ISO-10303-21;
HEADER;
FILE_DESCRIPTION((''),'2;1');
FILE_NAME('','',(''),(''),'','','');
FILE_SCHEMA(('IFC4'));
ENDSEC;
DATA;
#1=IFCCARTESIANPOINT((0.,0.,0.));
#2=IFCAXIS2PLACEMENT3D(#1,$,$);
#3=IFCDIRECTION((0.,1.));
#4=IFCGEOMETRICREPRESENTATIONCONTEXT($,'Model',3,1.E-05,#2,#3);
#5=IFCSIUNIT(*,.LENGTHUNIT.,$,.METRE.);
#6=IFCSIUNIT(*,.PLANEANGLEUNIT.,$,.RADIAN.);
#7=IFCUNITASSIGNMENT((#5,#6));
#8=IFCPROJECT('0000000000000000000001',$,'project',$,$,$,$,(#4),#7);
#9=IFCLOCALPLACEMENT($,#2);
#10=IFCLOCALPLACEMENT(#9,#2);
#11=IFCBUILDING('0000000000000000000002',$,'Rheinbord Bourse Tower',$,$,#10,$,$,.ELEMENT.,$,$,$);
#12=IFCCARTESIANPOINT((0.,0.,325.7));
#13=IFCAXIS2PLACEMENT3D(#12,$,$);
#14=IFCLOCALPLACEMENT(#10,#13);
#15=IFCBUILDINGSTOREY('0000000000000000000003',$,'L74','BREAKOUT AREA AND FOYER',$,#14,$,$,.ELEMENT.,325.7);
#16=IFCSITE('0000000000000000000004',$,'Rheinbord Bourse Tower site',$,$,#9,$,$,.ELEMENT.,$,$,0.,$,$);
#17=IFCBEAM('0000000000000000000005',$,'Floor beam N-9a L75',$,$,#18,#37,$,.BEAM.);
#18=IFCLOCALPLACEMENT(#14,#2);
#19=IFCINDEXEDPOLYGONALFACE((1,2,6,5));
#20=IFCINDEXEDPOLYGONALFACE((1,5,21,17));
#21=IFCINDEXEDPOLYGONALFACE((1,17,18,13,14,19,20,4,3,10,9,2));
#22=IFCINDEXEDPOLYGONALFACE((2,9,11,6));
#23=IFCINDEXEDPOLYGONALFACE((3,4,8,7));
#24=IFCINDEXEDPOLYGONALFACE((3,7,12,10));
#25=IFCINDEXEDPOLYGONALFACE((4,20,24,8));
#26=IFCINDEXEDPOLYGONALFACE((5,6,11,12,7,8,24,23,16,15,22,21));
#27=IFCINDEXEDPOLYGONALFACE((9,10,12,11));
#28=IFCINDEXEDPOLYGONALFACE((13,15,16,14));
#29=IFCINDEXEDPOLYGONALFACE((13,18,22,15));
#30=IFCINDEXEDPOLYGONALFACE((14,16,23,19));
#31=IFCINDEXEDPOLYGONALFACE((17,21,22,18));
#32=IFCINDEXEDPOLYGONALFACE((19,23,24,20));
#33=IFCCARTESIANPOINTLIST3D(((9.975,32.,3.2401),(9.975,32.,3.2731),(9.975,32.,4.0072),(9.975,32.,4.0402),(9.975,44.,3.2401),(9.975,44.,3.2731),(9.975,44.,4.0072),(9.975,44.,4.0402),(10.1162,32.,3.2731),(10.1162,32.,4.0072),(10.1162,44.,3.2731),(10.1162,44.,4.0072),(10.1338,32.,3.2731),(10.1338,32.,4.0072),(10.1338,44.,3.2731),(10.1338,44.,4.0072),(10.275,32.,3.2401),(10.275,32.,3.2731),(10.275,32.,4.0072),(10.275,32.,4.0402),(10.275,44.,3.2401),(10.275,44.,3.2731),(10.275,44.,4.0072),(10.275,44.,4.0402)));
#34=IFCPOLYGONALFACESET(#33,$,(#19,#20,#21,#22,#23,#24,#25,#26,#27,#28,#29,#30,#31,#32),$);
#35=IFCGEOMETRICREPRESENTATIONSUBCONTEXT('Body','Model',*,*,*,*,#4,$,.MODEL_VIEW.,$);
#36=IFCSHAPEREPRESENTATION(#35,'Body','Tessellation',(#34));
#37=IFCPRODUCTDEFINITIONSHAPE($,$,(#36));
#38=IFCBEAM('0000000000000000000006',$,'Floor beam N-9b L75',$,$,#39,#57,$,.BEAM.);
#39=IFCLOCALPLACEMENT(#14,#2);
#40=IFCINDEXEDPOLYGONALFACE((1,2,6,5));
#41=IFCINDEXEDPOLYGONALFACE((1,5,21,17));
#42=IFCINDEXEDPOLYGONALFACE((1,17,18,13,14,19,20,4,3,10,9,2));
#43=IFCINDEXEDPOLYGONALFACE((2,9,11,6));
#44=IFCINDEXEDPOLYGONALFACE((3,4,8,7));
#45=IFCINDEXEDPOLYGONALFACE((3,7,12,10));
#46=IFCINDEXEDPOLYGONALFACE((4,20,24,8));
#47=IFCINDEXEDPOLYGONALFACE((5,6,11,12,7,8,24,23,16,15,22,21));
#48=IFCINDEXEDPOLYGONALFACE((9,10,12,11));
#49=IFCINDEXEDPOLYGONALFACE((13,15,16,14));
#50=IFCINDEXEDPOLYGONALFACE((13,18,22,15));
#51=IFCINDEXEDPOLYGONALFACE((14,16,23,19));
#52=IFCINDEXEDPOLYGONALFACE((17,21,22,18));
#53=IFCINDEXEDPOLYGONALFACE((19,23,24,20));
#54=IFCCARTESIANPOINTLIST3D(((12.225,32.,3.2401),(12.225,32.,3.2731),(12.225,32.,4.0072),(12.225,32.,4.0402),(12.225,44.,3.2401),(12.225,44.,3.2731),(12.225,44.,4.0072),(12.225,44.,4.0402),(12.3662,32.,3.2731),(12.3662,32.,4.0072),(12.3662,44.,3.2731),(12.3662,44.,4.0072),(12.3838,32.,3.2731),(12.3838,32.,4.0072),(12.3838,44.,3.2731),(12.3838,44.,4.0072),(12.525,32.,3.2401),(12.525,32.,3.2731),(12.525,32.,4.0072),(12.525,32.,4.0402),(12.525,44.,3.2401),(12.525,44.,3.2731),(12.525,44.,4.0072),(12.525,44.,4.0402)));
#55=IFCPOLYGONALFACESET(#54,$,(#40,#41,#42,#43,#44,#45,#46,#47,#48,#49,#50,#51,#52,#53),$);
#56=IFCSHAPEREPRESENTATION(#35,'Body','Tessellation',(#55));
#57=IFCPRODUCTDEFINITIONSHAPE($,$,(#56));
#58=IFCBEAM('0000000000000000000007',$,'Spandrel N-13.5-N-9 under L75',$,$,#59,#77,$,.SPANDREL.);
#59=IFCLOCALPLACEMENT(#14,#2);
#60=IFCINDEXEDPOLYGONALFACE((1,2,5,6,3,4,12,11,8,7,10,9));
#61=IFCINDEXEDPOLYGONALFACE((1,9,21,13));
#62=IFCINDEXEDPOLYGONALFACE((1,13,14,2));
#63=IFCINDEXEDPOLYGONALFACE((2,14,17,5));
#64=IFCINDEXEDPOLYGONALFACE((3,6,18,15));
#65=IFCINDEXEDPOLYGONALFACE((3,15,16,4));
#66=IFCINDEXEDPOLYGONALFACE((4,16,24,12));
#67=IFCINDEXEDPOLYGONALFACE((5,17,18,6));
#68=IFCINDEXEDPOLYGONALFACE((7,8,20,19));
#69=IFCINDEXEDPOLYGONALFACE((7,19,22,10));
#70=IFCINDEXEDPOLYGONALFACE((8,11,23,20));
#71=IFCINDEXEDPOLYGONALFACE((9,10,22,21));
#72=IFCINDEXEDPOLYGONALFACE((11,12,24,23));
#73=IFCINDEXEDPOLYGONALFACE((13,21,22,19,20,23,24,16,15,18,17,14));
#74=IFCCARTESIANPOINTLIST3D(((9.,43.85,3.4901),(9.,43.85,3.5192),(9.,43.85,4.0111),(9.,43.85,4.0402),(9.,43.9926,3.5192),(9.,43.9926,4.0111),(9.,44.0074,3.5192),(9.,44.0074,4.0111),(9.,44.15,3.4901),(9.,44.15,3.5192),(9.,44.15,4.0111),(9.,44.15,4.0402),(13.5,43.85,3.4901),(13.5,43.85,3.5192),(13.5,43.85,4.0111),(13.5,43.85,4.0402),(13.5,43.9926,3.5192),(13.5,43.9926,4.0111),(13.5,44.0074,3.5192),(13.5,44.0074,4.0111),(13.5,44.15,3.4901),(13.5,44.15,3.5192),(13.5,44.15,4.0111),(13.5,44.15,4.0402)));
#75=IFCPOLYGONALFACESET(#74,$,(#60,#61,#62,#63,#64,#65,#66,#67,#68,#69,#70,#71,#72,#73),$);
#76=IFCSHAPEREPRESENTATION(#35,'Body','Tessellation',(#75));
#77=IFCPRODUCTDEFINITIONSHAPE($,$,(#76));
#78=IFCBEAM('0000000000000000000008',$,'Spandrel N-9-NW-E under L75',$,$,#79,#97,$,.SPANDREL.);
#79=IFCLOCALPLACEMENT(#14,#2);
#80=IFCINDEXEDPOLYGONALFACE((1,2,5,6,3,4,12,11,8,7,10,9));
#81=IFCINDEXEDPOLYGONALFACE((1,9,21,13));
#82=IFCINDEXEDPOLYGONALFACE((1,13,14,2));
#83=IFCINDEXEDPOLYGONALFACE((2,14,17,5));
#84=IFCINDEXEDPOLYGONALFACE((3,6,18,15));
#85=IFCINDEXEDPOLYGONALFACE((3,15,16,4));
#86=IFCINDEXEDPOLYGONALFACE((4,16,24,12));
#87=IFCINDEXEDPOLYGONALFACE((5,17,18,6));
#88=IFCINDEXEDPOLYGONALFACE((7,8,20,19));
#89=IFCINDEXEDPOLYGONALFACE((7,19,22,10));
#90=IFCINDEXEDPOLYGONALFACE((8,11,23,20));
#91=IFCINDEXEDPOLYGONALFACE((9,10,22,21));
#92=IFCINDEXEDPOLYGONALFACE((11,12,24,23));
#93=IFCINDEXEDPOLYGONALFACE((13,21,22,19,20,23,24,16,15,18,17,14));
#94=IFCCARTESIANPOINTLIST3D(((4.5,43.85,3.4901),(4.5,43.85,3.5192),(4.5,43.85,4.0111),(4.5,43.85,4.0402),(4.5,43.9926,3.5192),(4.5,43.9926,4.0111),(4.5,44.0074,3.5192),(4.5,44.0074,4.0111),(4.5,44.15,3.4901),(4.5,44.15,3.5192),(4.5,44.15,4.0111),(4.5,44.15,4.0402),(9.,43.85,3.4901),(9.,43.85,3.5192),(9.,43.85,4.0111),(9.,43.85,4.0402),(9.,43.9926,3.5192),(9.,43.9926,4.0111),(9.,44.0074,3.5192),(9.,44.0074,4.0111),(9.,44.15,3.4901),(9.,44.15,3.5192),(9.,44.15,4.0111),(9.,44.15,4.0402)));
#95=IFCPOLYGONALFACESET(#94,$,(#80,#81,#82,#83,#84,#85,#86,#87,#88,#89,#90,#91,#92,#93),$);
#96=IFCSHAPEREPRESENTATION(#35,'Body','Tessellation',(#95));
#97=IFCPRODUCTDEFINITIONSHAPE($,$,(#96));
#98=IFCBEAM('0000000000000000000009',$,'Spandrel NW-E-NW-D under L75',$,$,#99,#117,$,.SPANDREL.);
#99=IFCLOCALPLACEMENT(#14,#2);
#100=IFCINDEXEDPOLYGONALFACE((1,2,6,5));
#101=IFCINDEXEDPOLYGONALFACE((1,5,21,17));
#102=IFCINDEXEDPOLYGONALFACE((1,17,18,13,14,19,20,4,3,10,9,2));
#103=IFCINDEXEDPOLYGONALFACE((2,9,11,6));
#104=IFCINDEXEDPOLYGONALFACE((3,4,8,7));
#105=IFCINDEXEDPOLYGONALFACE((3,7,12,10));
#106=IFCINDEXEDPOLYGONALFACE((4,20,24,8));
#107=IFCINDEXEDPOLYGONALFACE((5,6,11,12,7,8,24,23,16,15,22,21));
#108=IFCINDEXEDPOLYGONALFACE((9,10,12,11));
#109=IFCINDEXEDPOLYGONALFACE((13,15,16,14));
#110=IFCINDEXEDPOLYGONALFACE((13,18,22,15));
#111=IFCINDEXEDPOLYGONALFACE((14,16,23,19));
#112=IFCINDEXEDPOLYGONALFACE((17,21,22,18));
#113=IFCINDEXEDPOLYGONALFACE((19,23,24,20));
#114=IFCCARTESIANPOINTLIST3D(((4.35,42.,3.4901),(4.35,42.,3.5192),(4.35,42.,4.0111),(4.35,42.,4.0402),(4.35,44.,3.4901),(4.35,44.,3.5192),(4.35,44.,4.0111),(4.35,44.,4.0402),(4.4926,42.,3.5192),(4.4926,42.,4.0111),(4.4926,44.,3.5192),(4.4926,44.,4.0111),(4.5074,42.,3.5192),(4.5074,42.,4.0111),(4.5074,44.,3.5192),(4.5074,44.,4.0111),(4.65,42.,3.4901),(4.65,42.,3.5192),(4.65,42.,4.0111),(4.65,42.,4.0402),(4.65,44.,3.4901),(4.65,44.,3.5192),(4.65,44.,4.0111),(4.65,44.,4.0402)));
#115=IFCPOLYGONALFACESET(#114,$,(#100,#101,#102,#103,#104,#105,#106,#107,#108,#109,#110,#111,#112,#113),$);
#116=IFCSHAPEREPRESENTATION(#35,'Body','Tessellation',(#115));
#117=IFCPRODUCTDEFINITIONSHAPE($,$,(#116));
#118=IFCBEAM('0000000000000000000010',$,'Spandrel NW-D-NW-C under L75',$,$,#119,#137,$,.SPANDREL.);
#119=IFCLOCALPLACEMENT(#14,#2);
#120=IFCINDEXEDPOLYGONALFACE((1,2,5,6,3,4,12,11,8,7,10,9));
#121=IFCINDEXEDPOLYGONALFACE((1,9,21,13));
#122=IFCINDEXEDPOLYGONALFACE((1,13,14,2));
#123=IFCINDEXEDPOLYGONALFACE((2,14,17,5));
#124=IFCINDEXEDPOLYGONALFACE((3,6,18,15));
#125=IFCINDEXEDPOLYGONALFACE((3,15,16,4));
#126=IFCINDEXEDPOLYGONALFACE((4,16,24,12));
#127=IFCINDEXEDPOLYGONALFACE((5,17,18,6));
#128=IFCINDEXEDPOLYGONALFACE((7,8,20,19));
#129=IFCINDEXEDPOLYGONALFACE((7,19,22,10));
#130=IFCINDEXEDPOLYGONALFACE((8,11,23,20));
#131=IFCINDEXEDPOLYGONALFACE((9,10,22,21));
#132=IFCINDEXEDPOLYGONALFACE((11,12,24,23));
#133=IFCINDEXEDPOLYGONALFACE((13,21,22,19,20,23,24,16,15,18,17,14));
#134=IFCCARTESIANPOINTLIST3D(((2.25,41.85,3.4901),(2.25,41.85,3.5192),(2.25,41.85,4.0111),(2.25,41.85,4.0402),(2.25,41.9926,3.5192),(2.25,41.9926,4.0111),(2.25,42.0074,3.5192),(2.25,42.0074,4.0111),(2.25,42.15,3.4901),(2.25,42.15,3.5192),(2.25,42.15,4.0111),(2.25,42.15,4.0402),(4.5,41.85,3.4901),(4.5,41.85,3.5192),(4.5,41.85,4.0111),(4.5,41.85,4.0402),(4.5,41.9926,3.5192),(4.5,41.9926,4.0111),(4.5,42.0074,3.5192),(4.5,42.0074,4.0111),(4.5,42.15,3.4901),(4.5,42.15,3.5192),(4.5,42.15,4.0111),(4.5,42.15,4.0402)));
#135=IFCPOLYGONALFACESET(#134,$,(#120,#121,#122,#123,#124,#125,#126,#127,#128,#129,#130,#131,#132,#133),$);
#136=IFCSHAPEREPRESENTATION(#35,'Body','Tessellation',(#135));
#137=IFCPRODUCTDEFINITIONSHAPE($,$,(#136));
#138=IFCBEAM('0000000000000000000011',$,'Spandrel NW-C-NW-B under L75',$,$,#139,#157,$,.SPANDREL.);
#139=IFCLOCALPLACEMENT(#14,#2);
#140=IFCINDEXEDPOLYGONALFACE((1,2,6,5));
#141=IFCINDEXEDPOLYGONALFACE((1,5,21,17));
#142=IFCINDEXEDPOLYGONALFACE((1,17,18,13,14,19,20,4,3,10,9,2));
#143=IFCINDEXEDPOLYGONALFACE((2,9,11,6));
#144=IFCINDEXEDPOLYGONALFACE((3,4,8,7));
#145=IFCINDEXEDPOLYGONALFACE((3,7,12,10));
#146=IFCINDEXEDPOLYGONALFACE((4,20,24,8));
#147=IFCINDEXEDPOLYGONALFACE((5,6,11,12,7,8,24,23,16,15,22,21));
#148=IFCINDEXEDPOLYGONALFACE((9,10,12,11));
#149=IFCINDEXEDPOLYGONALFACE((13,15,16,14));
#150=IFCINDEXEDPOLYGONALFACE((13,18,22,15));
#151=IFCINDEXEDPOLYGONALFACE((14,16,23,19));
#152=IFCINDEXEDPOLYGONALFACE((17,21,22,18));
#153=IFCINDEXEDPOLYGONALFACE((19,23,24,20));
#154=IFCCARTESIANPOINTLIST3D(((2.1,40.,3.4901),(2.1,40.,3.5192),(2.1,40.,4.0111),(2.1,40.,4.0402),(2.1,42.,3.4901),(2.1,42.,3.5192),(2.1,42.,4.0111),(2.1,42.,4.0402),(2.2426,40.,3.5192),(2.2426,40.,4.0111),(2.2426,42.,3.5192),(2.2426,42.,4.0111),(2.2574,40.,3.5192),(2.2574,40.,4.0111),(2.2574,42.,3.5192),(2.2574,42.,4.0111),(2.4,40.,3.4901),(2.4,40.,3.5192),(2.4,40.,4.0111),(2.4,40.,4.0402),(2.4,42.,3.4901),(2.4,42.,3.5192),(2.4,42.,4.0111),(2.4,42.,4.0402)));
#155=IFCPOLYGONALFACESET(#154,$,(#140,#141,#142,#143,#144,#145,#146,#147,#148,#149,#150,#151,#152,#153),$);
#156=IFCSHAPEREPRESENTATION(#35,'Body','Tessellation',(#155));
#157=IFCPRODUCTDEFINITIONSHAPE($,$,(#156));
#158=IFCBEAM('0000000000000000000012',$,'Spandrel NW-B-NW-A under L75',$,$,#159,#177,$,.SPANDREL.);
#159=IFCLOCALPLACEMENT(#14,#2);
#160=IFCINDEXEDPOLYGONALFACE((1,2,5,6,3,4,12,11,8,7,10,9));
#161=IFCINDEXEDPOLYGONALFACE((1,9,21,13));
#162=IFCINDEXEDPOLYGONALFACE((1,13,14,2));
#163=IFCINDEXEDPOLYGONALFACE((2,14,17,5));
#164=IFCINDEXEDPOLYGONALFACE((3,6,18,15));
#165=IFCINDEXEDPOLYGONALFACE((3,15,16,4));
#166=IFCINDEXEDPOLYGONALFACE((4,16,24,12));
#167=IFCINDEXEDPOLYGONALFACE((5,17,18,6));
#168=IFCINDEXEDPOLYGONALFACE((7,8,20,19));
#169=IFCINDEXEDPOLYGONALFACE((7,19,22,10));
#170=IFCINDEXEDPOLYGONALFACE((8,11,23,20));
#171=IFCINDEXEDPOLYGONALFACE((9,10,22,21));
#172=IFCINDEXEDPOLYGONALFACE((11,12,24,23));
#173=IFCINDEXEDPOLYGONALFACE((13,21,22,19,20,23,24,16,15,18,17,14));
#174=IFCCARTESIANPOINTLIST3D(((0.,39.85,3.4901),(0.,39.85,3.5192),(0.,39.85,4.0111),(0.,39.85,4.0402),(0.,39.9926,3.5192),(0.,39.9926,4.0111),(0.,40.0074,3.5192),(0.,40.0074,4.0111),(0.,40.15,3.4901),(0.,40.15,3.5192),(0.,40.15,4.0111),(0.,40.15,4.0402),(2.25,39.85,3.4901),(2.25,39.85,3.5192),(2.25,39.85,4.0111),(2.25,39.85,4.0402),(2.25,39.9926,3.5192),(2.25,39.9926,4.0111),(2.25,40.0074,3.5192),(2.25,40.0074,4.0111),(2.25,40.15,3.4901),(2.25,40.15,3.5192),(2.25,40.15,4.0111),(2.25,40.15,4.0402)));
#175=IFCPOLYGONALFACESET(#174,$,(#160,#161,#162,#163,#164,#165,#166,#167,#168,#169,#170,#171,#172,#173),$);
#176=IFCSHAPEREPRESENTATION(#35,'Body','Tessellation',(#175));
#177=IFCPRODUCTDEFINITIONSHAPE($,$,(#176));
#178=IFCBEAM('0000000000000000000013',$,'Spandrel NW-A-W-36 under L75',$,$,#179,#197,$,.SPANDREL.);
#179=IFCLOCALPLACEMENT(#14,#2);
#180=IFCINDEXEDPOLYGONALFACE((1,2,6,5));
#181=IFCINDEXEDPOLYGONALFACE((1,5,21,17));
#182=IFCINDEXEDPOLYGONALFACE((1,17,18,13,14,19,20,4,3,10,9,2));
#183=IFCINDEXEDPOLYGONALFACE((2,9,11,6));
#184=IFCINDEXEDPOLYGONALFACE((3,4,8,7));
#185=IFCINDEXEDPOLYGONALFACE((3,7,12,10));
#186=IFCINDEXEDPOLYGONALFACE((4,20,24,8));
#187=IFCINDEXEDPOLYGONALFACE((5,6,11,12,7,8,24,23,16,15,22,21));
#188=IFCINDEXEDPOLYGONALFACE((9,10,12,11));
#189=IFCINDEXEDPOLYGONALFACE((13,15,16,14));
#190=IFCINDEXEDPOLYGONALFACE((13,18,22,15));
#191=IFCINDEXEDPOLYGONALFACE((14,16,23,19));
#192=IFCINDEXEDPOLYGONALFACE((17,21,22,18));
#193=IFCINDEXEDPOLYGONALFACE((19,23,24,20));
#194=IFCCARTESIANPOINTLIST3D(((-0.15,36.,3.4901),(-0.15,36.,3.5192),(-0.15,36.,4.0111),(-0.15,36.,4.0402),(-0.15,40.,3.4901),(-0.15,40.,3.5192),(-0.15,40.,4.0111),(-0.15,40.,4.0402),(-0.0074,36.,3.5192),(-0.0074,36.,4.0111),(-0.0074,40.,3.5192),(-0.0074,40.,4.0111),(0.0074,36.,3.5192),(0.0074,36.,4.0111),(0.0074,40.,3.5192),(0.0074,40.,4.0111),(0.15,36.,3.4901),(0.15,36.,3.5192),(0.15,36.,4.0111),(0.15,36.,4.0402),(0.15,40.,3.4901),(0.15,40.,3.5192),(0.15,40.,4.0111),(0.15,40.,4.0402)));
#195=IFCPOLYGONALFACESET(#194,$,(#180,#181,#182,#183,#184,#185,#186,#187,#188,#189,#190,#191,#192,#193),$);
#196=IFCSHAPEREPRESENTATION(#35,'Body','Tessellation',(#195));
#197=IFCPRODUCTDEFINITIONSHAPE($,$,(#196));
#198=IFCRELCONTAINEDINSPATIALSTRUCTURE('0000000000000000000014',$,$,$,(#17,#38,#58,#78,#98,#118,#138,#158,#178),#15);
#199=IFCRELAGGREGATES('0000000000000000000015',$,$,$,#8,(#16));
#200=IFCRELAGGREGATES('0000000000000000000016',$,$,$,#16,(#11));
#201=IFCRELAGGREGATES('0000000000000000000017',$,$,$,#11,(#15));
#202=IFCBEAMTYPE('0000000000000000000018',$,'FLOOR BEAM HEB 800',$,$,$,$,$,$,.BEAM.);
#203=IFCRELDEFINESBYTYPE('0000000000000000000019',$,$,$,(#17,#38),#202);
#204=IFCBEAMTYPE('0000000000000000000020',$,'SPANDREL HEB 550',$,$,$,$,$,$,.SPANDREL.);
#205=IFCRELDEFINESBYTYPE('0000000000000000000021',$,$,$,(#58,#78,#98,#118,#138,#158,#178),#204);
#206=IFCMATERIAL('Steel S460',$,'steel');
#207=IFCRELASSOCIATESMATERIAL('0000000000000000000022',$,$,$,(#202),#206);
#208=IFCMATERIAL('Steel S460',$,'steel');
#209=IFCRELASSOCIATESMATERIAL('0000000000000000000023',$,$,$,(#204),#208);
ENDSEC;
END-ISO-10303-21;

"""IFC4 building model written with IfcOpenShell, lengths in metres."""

from ifc_helpers import new_model, si_unit, direction, frame, origin, origin_2d, place, context, subcontext, project, spatial, i_section, extrude, material, material_profile, profile_set, type_object, element, save


model = new_model("IFC4")

# Units and contexts
model_context = context("Model", 3, precision=1e-05, world=origin(), true_north=direction((0.0, 1.0)))
body_context = subcontext(model_context, "Body", "Model", "MODEL_VIEW")
ifc_project = project(units=[si_unit("LENGTHUNIT", "METRE"), si_unit("PLANEANGLEUNIT", "RADIAN")], contexts=[model_context])

# Site, building, storey
site_placement = place(None, origin())
site = spatial("IfcSite", under=ifc_project, at=site_placement, Name="Rheinbord Bourse Tower site", CompositionType="ELEMENT", RefElevation=0.0)
building_placement = place(site_placement, origin())
building = spatial("IfcBuilding", under=site, at=building_placement, Name="Rheinbord Bourse Tower", CompositionType="ELEMENT")
storey_placement = place(building_placement, frame((0.0, 0.0, 325.7)))
storey = spatial("IfcBuildingStorey", under=building, at=storey_placement, Name="L74", Description="BREAKOUT AREA AND FOYER", CompositionType="ELEMENT", Elevation=325.7)

# Beams
ifc_material_1 = material(Name="Steel S460", Category="steel")
ifc_material_profile_1 = material_profile(ifc_material_1, i_section(OverallWidth=0.3, OverallDepth=0.8, WebThickness=0.0176, FlangeThickness=0.033, at=origin_2d()), Name="HEB 800")
ifc_profile_set_1 = profile_set([ifc_material_profile_1], Name="Steel S460")
beam_type_1 = type_object("IfcBeamType", Name="FLOOR BEAM HEB 800", PredefinedType="BEAM", material=ifc_profile_set_1)
for number, where, z_axis, x_axis, name in (
    (1, (10.125, 44.0, 3.6401), (0.0, -1.0, 0.0), (1.0, 0.0, 0.0), "Floor beam N-9a L75"),
    (2, (12.375, 44.0, 3.6401), (0.0, -1.0, 0.0), (1.0, 0.0, 0.0), "Floor beam N-9b L75"),
):
    element("IfcBeam", number, at=place(storey_placement, frame(where, z_axis=z_axis, x_axis=x_axis)), inside=storey, type_object=beam_type_1, Name=name, PredefinedType="BEAM", context=body_context, shape_type="SweptSolid", body=[
        extrude(i_section(OverallWidth=0.3, OverallDepth=0.8, WebThickness=0.0176, FlangeThickness=0.033, at=origin_2d()), origin(), (0.0, 0.0, 1.0), 12.0),
    ])
ifc_material_2 = material(Name="Steel S460", Category="steel")
ifc_material_profile_2 = material_profile(ifc_material_2, i_section(OverallWidth=0.3, OverallDepth=0.55, WebThickness=0.0149, FlangeThickness=0.0291, at=origin_2d()), Name="HEB 550")
ifc_profile_set_2 = profile_set([ifc_material_profile_2], Name="Steel S460")
beam_type_2 = type_object("IfcBeamType", Name="SPANDREL HEB 550", PredefinedType="SPANDREL", material=ifc_profile_set_2)
for number, where, z_axis, x_axis, name in (
    (3, (13.5, 44.0, 3.7651), (-1.0, 0.0, 0.0), (0.0, -1.0, 0.0), "Spandrel N-13.5-N-9 under L75"),
    (4, (9.0, 44.0, 3.7651), (-1.0, 0.0, 0.0), (0.0, -1.0, 0.0), "Spandrel N-9-NW-E under L75"),
):
    element("IfcBeam", number, at=place(storey_placement, frame(where, z_axis=z_axis, x_axis=x_axis)), inside=storey, type_object=beam_type_2, Name=name, PredefinedType="SPANDREL", context=body_context, shape_type="SweptSolid", body=[
        extrude(i_section(OverallWidth=0.3, OverallDepth=0.55, WebThickness=0.0149, FlangeThickness=0.0291, at=origin_2d()), origin(), (0.0, 0.0, 1.0), 4.5),
    ])
beam_1_placement = place(storey_placement, frame((4.5, 44.0, 3.7651), z_axis=(0.0, -1.0, 0.0), x_axis=(1.0, 0.0, 0.0)))
element("IfcBeam", 5, at=beam_1_placement, inside=storey, type_object=beam_type_2, Name="Spandrel NW-E-NW-D under L75", PredefinedType="SPANDREL", context=body_context, shape_type="SweptSolid", body=[
    extrude(i_section(OverallWidth=0.3, OverallDepth=0.55, WebThickness=0.0149, FlangeThickness=0.0291, at=origin_2d()), origin(), (0.0, 0.0, 1.0), 2.0),
])
beam_2_placement = place(storey_placement, frame((4.5, 42.0, 3.7651), z_axis=(-1.0, 0.0, 0.0), x_axis=(0.0, -1.0, 0.0)))
element("IfcBeam", 6, at=beam_2_placement, inside=storey, type_object=beam_type_2, Name="Spandrel NW-D-NW-C under L75", PredefinedType="SPANDREL", context=body_context, shape_type="SweptSolid", body=[
    extrude(i_section(OverallWidth=0.3, OverallDepth=0.55, WebThickness=0.0149, FlangeThickness=0.0291, at=origin_2d()), origin(), (0.0, 0.0, 1.0), 2.25),
])
beam_3_placement = place(storey_placement, frame((2.25, 42.0, 3.7651), z_axis=(0.0, -1.0, 0.0), x_axis=(1.0, 0.0, 0.0)))
element("IfcBeam", 7, at=beam_3_placement, inside=storey, type_object=beam_type_2, Name="Spandrel NW-C-NW-B under L75", PredefinedType="SPANDREL", context=body_context, shape_type="SweptSolid", body=[
    extrude(i_section(OverallWidth=0.3, OverallDepth=0.55, WebThickness=0.0149, FlangeThickness=0.0291, at=origin_2d()), origin(), (0.0, 0.0, 1.0), 2.0),
])
beam_4_placement = place(storey_placement, frame((2.25, 40.0, 3.7651), z_axis=(-1.0, 0.0, 0.0), x_axis=(0.0, -1.0, 0.0)))
element("IfcBeam", 8, at=beam_4_placement, inside=storey, type_object=beam_type_2, Name="Spandrel NW-B-NW-A under L75", PredefinedType="SPANDREL", context=body_context, shape_type="SweptSolid", body=[
    extrude(i_section(OverallWidth=0.3, OverallDepth=0.55, WebThickness=0.0149, FlangeThickness=0.0291, at=origin_2d()), origin(), (0.0, 0.0, 1.0), 2.25),
])
beam_5_placement = place(storey_placement, frame((0.0, 40.0, 3.7651), z_axis=(0.0, -1.0, 0.0), x_axis=(1.0, 0.0, 0.0)))
element("IfcBeam", 9, at=beam_5_placement, inside=storey, type_object=beam_type_2, Name="Spandrel NW-A-W-36 under L75", PredefinedType="SPANDREL", context=body_context, shape_type="SweptSolid", body=[
    extrude(i_section(OverallWidth=0.3, OverallDepth=0.55, WebThickness=0.0149, FlangeThickness=0.0291, at=origin_2d()), origin(), (0.0, 0.0, 1.0), 4.0),
])

save(model, "model.ifc")
